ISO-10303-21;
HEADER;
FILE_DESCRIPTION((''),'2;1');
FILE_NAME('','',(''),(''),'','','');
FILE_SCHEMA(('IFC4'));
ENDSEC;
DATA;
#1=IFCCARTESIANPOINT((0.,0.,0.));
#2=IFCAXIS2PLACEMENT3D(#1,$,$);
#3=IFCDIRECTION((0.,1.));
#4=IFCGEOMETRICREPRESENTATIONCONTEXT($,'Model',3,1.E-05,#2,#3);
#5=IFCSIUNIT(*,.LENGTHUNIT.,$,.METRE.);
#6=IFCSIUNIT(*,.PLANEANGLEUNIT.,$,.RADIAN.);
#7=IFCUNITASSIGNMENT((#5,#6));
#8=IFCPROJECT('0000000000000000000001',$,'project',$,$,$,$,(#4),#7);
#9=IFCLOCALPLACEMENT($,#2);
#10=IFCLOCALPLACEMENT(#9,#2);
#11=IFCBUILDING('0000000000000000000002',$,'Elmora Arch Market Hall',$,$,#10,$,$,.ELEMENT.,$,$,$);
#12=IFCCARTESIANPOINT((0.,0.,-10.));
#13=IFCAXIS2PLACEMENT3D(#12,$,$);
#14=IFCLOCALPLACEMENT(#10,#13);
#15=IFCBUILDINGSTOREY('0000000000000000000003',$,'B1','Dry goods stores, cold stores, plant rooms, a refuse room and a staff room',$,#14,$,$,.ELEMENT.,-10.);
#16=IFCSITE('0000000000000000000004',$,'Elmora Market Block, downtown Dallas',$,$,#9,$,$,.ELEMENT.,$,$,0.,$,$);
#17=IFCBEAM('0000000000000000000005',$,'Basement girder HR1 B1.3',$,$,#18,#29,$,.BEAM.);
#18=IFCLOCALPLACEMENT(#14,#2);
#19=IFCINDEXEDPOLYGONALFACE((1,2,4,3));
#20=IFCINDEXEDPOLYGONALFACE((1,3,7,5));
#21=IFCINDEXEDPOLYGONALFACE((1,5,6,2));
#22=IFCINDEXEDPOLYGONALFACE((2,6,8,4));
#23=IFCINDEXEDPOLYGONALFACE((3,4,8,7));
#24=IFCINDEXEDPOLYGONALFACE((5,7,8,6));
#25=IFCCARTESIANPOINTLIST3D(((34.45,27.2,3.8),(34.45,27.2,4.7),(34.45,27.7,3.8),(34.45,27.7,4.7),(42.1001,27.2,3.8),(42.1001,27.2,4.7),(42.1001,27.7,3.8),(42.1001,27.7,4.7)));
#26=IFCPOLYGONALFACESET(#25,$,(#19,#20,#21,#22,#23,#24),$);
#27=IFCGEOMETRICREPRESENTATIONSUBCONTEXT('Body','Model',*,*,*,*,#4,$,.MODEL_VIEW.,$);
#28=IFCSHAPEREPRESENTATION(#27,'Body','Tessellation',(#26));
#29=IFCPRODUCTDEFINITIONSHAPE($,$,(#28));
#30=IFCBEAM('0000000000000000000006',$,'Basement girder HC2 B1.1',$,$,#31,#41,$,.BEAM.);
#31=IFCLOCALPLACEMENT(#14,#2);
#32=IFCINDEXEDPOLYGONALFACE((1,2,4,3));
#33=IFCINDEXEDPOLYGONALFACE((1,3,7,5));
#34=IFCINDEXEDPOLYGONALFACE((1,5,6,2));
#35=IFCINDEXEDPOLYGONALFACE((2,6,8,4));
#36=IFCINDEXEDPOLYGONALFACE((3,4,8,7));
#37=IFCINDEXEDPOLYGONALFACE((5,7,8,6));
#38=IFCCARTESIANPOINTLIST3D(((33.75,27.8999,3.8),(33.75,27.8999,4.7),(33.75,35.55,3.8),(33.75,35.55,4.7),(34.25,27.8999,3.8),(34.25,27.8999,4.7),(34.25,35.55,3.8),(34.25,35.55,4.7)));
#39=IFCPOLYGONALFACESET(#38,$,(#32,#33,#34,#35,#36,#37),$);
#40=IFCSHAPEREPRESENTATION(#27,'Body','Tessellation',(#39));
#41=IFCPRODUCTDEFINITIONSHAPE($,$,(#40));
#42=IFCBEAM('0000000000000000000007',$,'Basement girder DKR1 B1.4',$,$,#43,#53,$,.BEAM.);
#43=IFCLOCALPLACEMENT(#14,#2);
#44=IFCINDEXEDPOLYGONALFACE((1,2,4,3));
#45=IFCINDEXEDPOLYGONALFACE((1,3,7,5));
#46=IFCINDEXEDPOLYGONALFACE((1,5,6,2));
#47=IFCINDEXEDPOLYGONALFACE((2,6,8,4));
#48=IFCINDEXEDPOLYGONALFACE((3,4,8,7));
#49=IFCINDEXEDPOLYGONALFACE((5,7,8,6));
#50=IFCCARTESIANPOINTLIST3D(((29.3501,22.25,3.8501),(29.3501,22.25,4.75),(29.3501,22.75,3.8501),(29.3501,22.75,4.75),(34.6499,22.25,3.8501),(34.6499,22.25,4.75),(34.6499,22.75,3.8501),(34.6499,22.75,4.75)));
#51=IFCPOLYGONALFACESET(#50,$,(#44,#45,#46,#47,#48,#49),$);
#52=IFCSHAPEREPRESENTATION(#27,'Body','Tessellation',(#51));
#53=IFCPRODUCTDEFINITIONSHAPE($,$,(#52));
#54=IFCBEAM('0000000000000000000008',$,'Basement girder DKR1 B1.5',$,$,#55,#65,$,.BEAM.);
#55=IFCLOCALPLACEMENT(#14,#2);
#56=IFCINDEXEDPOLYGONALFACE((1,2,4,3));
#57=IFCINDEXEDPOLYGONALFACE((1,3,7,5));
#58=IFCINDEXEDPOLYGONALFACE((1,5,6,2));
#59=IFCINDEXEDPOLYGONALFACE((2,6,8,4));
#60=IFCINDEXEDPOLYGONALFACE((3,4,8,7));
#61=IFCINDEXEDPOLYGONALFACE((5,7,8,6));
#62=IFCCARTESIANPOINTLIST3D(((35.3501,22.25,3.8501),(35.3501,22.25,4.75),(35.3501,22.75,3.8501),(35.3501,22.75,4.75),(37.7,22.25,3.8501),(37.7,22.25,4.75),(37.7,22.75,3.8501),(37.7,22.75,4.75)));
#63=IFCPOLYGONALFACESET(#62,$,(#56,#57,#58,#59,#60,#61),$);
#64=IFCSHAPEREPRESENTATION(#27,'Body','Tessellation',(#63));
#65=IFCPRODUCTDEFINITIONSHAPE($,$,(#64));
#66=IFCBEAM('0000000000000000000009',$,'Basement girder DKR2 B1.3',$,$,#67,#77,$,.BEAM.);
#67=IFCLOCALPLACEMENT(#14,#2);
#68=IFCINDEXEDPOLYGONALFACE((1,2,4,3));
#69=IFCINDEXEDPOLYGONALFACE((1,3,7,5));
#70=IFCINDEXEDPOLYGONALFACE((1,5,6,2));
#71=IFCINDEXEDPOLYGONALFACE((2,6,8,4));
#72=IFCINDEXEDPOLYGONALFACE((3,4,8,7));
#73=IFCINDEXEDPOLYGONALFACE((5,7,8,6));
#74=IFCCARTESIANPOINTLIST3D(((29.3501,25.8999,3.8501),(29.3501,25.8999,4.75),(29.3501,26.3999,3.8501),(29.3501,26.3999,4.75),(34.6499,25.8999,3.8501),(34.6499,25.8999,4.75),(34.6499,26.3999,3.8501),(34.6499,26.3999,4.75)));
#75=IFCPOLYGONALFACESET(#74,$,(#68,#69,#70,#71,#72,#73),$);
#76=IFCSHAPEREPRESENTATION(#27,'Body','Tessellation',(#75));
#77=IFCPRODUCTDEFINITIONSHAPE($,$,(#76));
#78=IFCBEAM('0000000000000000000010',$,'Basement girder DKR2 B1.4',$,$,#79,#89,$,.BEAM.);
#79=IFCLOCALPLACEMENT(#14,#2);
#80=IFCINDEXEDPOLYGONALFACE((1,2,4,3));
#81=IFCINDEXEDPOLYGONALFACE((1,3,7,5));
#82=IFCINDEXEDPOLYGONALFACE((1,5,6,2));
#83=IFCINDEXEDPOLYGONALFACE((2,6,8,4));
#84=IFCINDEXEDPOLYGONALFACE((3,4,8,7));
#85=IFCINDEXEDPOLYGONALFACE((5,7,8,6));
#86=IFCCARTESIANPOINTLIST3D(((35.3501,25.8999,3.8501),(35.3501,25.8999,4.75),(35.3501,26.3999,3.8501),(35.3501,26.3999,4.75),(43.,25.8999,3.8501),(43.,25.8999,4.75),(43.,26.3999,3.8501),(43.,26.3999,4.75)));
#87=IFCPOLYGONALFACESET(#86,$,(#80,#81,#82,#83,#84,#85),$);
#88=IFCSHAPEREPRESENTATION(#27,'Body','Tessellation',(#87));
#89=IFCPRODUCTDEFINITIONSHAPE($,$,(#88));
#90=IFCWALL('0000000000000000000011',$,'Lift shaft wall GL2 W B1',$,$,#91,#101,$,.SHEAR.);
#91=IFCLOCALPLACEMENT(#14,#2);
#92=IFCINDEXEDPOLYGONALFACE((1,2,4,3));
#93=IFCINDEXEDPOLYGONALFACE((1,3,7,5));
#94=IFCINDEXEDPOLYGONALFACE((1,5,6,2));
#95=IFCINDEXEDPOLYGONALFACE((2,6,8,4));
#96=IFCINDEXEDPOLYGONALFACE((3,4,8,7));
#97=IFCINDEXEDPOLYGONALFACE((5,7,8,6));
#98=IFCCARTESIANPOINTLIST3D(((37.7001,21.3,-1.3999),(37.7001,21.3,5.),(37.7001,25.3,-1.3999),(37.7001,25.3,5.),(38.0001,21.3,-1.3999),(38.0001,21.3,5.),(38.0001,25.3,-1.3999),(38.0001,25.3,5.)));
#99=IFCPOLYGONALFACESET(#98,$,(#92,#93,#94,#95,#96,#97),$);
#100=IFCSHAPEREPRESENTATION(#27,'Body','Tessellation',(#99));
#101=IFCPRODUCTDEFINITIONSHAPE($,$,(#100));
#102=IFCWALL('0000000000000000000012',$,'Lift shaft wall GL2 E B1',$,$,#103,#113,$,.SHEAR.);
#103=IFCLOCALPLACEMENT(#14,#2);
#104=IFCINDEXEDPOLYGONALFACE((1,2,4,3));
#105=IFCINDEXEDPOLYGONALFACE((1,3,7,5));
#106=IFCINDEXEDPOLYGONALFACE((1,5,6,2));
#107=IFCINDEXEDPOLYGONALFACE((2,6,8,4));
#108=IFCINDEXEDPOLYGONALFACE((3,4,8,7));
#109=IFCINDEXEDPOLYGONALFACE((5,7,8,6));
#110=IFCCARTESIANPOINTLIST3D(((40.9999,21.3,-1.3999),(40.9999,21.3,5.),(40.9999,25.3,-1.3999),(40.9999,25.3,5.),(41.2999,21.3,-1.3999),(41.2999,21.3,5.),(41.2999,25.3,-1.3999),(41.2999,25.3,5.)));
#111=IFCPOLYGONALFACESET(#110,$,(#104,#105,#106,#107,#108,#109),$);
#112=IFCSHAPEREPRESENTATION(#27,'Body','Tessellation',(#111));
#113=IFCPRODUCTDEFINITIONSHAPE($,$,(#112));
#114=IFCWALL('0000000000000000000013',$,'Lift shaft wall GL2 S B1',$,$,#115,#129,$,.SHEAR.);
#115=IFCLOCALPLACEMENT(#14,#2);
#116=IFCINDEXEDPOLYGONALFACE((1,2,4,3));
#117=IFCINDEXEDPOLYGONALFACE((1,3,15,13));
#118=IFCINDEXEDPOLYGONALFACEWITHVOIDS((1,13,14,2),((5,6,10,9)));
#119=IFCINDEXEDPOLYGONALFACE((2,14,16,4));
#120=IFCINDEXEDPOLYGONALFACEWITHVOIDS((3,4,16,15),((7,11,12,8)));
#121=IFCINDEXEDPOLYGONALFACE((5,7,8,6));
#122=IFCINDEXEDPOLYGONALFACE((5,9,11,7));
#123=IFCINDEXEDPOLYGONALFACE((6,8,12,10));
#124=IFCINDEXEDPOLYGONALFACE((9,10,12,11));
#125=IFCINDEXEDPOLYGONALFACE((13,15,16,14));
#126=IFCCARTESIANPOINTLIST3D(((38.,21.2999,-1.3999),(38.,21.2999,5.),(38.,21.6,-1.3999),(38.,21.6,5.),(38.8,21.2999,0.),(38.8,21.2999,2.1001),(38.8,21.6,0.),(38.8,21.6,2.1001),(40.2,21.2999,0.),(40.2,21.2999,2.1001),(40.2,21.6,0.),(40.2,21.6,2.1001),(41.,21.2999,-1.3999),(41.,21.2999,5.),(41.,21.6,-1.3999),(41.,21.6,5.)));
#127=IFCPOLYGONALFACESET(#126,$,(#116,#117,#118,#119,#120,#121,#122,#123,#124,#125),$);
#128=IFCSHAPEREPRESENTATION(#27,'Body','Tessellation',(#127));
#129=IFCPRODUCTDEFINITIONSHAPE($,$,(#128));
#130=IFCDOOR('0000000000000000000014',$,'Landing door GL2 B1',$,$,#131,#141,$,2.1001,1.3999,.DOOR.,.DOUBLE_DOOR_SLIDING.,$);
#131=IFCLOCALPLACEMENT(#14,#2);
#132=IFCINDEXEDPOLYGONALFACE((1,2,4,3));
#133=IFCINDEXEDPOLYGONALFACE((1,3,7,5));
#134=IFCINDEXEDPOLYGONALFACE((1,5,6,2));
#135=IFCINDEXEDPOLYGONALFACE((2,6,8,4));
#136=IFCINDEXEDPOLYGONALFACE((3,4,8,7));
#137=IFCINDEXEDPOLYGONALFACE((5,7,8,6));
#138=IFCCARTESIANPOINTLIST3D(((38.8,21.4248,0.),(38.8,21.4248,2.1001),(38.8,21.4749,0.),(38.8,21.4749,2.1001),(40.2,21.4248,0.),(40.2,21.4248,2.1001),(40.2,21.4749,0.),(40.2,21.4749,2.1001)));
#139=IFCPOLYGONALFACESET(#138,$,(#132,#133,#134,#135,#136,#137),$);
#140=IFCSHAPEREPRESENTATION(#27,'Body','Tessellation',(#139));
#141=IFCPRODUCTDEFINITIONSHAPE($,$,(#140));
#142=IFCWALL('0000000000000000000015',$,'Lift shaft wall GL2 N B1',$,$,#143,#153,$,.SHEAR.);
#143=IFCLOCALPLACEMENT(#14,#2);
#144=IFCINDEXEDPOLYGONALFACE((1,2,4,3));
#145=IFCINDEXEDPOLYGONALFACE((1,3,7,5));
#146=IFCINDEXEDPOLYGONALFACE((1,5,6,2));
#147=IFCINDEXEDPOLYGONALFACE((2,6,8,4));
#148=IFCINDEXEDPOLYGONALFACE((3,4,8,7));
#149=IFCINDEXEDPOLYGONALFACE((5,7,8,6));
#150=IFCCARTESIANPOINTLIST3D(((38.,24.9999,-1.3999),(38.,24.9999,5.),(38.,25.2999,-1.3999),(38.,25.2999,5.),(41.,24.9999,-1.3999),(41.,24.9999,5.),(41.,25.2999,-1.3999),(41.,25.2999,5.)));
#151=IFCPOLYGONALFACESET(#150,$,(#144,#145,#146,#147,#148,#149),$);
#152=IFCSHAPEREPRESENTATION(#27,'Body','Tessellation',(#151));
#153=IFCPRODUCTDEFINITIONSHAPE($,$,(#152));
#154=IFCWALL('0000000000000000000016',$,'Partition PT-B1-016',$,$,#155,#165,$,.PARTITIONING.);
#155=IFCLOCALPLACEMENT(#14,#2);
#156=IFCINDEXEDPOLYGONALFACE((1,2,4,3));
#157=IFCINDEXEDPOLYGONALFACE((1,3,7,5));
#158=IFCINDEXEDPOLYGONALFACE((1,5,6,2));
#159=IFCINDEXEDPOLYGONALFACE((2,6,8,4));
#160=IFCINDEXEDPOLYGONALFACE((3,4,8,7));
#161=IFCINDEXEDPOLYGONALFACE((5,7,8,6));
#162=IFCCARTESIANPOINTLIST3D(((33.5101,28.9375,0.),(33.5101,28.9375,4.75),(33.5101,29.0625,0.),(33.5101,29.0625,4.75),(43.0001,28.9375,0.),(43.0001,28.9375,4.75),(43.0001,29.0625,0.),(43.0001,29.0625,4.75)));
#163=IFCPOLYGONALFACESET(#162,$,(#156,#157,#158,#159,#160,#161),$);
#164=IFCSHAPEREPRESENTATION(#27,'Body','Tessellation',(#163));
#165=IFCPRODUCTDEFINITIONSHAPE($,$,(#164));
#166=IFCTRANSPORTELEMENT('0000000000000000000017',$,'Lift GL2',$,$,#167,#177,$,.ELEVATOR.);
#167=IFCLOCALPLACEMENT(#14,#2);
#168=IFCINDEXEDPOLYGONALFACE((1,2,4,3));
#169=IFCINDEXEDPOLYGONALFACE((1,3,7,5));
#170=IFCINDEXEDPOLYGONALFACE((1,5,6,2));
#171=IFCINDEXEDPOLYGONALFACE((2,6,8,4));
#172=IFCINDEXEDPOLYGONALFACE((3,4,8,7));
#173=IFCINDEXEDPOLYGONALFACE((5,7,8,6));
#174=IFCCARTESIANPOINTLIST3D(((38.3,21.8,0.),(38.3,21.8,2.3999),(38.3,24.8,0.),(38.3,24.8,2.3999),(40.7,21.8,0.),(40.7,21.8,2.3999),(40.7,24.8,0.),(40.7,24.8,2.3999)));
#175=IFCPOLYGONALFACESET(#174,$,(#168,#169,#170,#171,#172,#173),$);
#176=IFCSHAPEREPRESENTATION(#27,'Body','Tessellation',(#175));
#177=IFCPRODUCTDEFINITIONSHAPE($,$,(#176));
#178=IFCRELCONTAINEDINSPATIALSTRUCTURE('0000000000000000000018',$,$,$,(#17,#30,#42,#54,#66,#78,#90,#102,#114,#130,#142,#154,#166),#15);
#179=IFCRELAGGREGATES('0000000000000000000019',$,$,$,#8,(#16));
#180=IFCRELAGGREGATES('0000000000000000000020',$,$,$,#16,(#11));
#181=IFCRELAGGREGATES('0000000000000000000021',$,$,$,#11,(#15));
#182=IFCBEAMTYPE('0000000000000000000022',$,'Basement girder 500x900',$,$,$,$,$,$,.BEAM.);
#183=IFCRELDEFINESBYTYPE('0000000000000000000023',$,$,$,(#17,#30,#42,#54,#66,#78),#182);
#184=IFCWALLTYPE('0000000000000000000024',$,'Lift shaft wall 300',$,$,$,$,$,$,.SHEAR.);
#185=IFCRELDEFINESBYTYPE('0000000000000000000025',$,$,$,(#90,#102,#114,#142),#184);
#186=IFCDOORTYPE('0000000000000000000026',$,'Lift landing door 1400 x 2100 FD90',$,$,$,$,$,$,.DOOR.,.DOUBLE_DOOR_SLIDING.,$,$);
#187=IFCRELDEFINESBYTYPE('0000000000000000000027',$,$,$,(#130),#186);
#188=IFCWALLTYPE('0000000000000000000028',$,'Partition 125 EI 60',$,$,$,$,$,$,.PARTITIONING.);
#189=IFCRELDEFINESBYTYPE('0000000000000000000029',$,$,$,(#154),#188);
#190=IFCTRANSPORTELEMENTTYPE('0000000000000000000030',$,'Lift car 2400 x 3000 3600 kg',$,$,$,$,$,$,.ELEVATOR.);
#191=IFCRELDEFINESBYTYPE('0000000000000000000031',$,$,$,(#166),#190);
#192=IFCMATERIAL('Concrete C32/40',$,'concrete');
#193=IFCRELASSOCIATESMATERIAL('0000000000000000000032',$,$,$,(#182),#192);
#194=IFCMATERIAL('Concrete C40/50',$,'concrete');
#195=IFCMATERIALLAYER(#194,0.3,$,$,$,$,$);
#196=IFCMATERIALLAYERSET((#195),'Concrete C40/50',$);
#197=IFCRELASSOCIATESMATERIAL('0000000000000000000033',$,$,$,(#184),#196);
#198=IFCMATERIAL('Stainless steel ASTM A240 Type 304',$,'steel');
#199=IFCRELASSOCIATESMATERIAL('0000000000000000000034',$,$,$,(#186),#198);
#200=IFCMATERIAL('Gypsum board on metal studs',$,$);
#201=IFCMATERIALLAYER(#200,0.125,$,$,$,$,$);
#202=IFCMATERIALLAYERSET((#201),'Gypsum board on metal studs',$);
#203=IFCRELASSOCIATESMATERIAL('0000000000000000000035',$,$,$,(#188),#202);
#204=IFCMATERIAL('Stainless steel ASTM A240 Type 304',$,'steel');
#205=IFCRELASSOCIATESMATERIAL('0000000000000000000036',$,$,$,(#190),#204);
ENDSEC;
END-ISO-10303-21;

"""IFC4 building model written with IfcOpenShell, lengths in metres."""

from ifc_helpers import new_model, si_unit, direction, frame, frame_2d, origin, origin_2d, place, context, subcontext, project, spatial, rectangle, extrude, material, layer, layer_set, material_profile, profile_set, type_object, element, fill, save


model = new_model("IFC4")

# Units and contexts
model_context = context("Model", 3, precision=1e-05, world=origin(), true_north=direction((0.0, 1.0)))
body_context = subcontext(model_context, "Body", "Model", "MODEL_VIEW")
ifc_project = project(units=[si_unit("LENGTHUNIT", "METRE"), si_unit("PLANEANGLEUNIT", "RADIAN")], contexts=[model_context])

# Site, building, storey
site_placement = place(None, origin())
site = spatial("IfcSite", under=ifc_project, at=site_placement, Name="Elmora Market Block, downtown Dallas", CompositionType="ELEMENT", RefElevation=0.0)
building_placement = place(site_placement, origin())
building = spatial("IfcBuilding", under=site, at=building_placement, Name="Elmora Arch Market Hall", CompositionType="ELEMENT")
storey_placement = place(building_placement, frame((0.0, 0.0, -10.0)))
storey = spatial("IfcBuildingStorey", under=building, at=storey_placement, Name="B1", Description="Dry goods stores, cold stores, plant rooms, a refuse room and a staff room", CompositionType="ELEMENT", Elevation=-10.0)

# Beams
ifc_material_1 = material(Name="Concrete C32/40", Category="concrete")
ifc_material_profile_1 = material_profile(ifc_material_1, rectangle(XDim=0.5, YDim=0.8999, at=origin_2d()), Name="Basement girder 500x900")
ifc_profile_set_1 = profile_set([ifc_material_profile_1], Name="Concrete C32/40")
beam_type = type_object("IfcBeamType", Name="Basement girder 500x900", PredefinedType="BEAM", material=ifc_profile_set_1)
for number, where, z_axis, x_axis, name in (
    (1, (34.45, 27.45, 4.25), (1.0, 0.0, 0.0), (0.0, 1.0, 0.0), "Basement girder HR1 B1.3"),
    (2, (34.0, 27.8999, 4.25), (0.0, 1.0, 0.0), (-1.0, 0.0, 0.0), "Basement girder HC2 B1.1"),
):
    element("IfcBeam", number, at=place(storey_placement, frame(where, z_axis=z_axis, x_axis=x_axis)), inside=storey, type_object=beam_type, Name=name, PredefinedType="BEAM", context=body_context, shape_type="SweptSolid", body=[
        extrude(rectangle(XDim=0.5, YDim=0.8999, at=origin_2d()), origin(), (0.0, 0.0, 1.0), 7.6501),
    ])
beam_1_placement = place(storey_placement, frame((29.3501, 22.5, 4.3), z_axis=(1.0, 0.0, 0.0), x_axis=(0.0, 1.0, 0.0)))
element("IfcBeam", 3, at=beam_1_placement, inside=storey, type_object=beam_type, Name="Basement girder DKR1 B1.4", PredefinedType="BEAM", context=body_context, shape_type="SweptSolid", body=[
    extrude(rectangle(XDim=0.5, YDim=0.8999, at=origin_2d()), origin(), (0.0, 0.0, 1.0), 5.2998),
])
beam_2_placement = place(storey_placement, frame((35.3501, 22.5, 4.3), z_axis=(1.0, 0.0, 0.0), x_axis=(0.0, 1.0, 0.0)))
element("IfcBeam", 4, at=beam_2_placement, inside=storey, type_object=beam_type, Name="Basement girder DKR1 B1.5", PredefinedType="BEAM", context=body_context, shape_type="SweptSolid", body=[
    extrude(rectangle(XDim=0.5, YDim=0.8999, at=origin_2d()), origin(), (0.0, 0.0, 1.0), 2.3499),
])
beam_3_placement = place(storey_placement, frame((29.3501, 26.1499, 4.3), z_axis=(1.0, 0.0, 0.0), x_axis=(0.0, 1.0, 0.0)))
element("IfcBeam", 5, at=beam_3_placement, inside=storey, type_object=beam_type, Name="Basement girder DKR2 B1.3", PredefinedType="BEAM", context=body_context, shape_type="SweptSolid", body=[
    extrude(rectangle(XDim=0.5, YDim=0.8999, at=origin_2d()), origin(), (0.0, 0.0, 1.0), 5.2998),
])
beam_4_placement = place(storey_placement, frame((35.3501, 26.1499, 4.3), z_axis=(1.0, 0.0, 0.0), x_axis=(0.0, 1.0, 0.0)))
element("IfcBeam", 6, at=beam_4_placement, inside=storey, type_object=beam_type, Name="Basement girder DKR2 B1.4", PredefinedType="BEAM", context=body_context, shape_type="SweptSolid", body=[
    extrude(rectangle(XDim=0.5, YDim=0.8999, at=origin_2d()), origin(), (0.0, 0.0, 1.0), 7.6499),
])

# Walls
ifc_material_2 = material(Name="Concrete C40/50", Category="concrete")
ifc_layer_1 = layer(ifc_material_2, 0.3)
ifc_layer_set_1 = layer_set([ifc_layer_1], Name="Concrete C40/50")
wall_type_1 = type_object("IfcWallType", Name="Lift shaft wall 300", PredefinedType="SHEAR", material=ifc_layer_set_1)
for number, where, z_axis, x_axis, name in (
    (7, (37.8501, 21.3, -1.3999), (0.0, 0.0, 1.0), (0.0, 1.0, 0.0), "Lift shaft wall GL2 W B1"),
    (8, (41.1499, 21.3, -1.3999), (0.0, 0.0, 1.0), (0.0, 1.0, 0.0), "Lift shaft wall GL2 E B1"),
):
    element("IfcWall", number, at=place(storey_placement, frame(where, z_axis=z_axis, x_axis=x_axis)), inside=storey, type_object=wall_type_1, Name=name, PredefinedType="SHEAR", context=body_context, shape_type="SweptSolid", body=[
        extrude(rectangle(XDim=4.0, YDim=0.3, at=frame_2d((2.0, 0.0))), origin(), (0.0, 0.0, 1.0), 6.3999),
    ])

# Wall, opening, door
wall_1_placement = place(storey_placement, frame((38.0, 21.45, -1.3999), z_axis=(0.0, 0.0, 1.0), x_axis=(1.0, 0.0, 0.0)))
wall_1 = element("IfcWall", 9, at=wall_1_placement, inside=storey, type_object=wall_type_1, Name="Lift shaft wall GL2 S B1", PredefinedType="SHEAR", context=body_context, shape_type="SweptSolid", body=[
    extrude(rectangle(XDim=3.0, YDim=0.3, at=frame_2d((1.5, 0.0))), origin(), (0.0, 0.0, 1.0), 6.3999),
])
opening_placement = place(wall_1_placement, frame((0.8, 0.0, 1.3999)))
opening = element("IfcOpeningElement", 10, at=opening_placement, cuts=wall_1, PredefinedType="OPENING", context=body_context, shape_type="SweptSolid", body=[
    extrude(rectangle(XDim=1.3999, YDim=2.1001, at=frame_2d((0.7, 1.05))), frame((0.0, 0.1599, 0.0), z_axis=(0.0, -1.0, 0.0), x_axis=(1.0, 0.0, 0.0)), (0.0, 0.0, 1.0), 0.3201),
])
ifc_material_3 = material(Name="Stainless steel ASTM A240 Type 304", Category="steel")
door_type = type_object("IfcDoorType", Name="Lift landing door 1400 x 2100 FD90", OperationType="DOUBLE_DOOR_SLIDING", PredefinedType="DOOR", material=ifc_material_3)
door_placement = place(opening_placement, origin())
door = element("IfcDoor", 11, at=door_placement, inside=storey, type_object=door_type, Name="Landing door GL2 B1", OperationType="DOUBLE_DOOR_SLIDING", OverallHeight=2.1001, OverallWidth=1.3999, PredefinedType="DOOR", context=body_context, shape_type="SweptSolid", body=[
    extrude(rectangle(XDim=1.3999, YDim=2.1001, at=frame_2d((0.7, 1.05))), frame((0.0, 0.0249, 0.0), z_axis=(0.0, -1.0, 0.0), x_axis=(1.0, 0.0, 0.0)), (0.0, 0.0, 1.0), 0.05),
])
fill(opening, door)

# Walls
wall_2_placement = place(storey_placement, frame((38.0, 25.1499, -1.3999), z_axis=(0.0, 0.0, 1.0), x_axis=(1.0, 0.0, 0.0)))
element("IfcWall", 12, at=wall_2_placement, inside=storey, type_object=wall_type_1, Name="Lift shaft wall GL2 N B1", PredefinedType="SHEAR", context=body_context, shape_type="SweptSolid", body=[
    extrude(rectangle(XDim=3.0, YDim=0.3, at=frame_2d((1.5, 0.0))), origin(), (0.0, 0.0, 1.0), 6.3999),
])
ifc_material_4 = material(Name="Gypsum board on metal studs")
ifc_layer_2 = layer(ifc_material_4, 0.125)
ifc_layer_set_2 = layer_set([ifc_layer_2], Name="Gypsum board on metal studs")
wall_type_2 = type_object("IfcWallType", Name="Partition 125 EI 60", PredefinedType="PARTITIONING", material=ifc_layer_set_2)
wall_3_placement = place(storey_placement, frame((33.51, 29.0, 0.0), z_axis=(0.0, 0.0, 1.0), x_axis=(1.0, 0.0, 0.0)))
element("IfcWall", 13, at=wall_3_placement, inside=storey, type_object=wall_type_2, Name="Partition PT-B1-016", PredefinedType="PARTITIONING", context=body_context, shape_type="SweptSolid", body=[
    extrude(rectangle(XDim=9.49, YDim=0.125, at=frame_2d((4.7451, 0.0))), origin(), (0.0, 0.0, 1.0), 4.75),
])

# Transport element
ifc_material_5 = material(Name="Stainless steel ASTM A240 Type 304", Category="steel")
transport_element_type = type_object("IfcTransportElementType", Name="Lift car 2400 x 3000 3600 kg", PredefinedType="ELEVATOR", material=ifc_material_5)
transport_element_placement = place(storey_placement, frame((39.5, 23.3, 0.0), z_axis=(0.0, 0.0, 1.0), x_axis=(1.0, 0.0, 0.0)))
element("IfcTransportElement", 14, at=transport_element_placement, inside=storey, type_object=transport_element_type, Name="Lift GL2", PredefinedType="ELEVATOR", context=body_context, shape_type="SweptSolid", body=[
    extrude(rectangle(XDim=2.3999, YDim=3.0, at=origin_2d()), origin(), (0.0, 0.0, 1.0), 2.3999),
])

save(model, "model.ifc")
